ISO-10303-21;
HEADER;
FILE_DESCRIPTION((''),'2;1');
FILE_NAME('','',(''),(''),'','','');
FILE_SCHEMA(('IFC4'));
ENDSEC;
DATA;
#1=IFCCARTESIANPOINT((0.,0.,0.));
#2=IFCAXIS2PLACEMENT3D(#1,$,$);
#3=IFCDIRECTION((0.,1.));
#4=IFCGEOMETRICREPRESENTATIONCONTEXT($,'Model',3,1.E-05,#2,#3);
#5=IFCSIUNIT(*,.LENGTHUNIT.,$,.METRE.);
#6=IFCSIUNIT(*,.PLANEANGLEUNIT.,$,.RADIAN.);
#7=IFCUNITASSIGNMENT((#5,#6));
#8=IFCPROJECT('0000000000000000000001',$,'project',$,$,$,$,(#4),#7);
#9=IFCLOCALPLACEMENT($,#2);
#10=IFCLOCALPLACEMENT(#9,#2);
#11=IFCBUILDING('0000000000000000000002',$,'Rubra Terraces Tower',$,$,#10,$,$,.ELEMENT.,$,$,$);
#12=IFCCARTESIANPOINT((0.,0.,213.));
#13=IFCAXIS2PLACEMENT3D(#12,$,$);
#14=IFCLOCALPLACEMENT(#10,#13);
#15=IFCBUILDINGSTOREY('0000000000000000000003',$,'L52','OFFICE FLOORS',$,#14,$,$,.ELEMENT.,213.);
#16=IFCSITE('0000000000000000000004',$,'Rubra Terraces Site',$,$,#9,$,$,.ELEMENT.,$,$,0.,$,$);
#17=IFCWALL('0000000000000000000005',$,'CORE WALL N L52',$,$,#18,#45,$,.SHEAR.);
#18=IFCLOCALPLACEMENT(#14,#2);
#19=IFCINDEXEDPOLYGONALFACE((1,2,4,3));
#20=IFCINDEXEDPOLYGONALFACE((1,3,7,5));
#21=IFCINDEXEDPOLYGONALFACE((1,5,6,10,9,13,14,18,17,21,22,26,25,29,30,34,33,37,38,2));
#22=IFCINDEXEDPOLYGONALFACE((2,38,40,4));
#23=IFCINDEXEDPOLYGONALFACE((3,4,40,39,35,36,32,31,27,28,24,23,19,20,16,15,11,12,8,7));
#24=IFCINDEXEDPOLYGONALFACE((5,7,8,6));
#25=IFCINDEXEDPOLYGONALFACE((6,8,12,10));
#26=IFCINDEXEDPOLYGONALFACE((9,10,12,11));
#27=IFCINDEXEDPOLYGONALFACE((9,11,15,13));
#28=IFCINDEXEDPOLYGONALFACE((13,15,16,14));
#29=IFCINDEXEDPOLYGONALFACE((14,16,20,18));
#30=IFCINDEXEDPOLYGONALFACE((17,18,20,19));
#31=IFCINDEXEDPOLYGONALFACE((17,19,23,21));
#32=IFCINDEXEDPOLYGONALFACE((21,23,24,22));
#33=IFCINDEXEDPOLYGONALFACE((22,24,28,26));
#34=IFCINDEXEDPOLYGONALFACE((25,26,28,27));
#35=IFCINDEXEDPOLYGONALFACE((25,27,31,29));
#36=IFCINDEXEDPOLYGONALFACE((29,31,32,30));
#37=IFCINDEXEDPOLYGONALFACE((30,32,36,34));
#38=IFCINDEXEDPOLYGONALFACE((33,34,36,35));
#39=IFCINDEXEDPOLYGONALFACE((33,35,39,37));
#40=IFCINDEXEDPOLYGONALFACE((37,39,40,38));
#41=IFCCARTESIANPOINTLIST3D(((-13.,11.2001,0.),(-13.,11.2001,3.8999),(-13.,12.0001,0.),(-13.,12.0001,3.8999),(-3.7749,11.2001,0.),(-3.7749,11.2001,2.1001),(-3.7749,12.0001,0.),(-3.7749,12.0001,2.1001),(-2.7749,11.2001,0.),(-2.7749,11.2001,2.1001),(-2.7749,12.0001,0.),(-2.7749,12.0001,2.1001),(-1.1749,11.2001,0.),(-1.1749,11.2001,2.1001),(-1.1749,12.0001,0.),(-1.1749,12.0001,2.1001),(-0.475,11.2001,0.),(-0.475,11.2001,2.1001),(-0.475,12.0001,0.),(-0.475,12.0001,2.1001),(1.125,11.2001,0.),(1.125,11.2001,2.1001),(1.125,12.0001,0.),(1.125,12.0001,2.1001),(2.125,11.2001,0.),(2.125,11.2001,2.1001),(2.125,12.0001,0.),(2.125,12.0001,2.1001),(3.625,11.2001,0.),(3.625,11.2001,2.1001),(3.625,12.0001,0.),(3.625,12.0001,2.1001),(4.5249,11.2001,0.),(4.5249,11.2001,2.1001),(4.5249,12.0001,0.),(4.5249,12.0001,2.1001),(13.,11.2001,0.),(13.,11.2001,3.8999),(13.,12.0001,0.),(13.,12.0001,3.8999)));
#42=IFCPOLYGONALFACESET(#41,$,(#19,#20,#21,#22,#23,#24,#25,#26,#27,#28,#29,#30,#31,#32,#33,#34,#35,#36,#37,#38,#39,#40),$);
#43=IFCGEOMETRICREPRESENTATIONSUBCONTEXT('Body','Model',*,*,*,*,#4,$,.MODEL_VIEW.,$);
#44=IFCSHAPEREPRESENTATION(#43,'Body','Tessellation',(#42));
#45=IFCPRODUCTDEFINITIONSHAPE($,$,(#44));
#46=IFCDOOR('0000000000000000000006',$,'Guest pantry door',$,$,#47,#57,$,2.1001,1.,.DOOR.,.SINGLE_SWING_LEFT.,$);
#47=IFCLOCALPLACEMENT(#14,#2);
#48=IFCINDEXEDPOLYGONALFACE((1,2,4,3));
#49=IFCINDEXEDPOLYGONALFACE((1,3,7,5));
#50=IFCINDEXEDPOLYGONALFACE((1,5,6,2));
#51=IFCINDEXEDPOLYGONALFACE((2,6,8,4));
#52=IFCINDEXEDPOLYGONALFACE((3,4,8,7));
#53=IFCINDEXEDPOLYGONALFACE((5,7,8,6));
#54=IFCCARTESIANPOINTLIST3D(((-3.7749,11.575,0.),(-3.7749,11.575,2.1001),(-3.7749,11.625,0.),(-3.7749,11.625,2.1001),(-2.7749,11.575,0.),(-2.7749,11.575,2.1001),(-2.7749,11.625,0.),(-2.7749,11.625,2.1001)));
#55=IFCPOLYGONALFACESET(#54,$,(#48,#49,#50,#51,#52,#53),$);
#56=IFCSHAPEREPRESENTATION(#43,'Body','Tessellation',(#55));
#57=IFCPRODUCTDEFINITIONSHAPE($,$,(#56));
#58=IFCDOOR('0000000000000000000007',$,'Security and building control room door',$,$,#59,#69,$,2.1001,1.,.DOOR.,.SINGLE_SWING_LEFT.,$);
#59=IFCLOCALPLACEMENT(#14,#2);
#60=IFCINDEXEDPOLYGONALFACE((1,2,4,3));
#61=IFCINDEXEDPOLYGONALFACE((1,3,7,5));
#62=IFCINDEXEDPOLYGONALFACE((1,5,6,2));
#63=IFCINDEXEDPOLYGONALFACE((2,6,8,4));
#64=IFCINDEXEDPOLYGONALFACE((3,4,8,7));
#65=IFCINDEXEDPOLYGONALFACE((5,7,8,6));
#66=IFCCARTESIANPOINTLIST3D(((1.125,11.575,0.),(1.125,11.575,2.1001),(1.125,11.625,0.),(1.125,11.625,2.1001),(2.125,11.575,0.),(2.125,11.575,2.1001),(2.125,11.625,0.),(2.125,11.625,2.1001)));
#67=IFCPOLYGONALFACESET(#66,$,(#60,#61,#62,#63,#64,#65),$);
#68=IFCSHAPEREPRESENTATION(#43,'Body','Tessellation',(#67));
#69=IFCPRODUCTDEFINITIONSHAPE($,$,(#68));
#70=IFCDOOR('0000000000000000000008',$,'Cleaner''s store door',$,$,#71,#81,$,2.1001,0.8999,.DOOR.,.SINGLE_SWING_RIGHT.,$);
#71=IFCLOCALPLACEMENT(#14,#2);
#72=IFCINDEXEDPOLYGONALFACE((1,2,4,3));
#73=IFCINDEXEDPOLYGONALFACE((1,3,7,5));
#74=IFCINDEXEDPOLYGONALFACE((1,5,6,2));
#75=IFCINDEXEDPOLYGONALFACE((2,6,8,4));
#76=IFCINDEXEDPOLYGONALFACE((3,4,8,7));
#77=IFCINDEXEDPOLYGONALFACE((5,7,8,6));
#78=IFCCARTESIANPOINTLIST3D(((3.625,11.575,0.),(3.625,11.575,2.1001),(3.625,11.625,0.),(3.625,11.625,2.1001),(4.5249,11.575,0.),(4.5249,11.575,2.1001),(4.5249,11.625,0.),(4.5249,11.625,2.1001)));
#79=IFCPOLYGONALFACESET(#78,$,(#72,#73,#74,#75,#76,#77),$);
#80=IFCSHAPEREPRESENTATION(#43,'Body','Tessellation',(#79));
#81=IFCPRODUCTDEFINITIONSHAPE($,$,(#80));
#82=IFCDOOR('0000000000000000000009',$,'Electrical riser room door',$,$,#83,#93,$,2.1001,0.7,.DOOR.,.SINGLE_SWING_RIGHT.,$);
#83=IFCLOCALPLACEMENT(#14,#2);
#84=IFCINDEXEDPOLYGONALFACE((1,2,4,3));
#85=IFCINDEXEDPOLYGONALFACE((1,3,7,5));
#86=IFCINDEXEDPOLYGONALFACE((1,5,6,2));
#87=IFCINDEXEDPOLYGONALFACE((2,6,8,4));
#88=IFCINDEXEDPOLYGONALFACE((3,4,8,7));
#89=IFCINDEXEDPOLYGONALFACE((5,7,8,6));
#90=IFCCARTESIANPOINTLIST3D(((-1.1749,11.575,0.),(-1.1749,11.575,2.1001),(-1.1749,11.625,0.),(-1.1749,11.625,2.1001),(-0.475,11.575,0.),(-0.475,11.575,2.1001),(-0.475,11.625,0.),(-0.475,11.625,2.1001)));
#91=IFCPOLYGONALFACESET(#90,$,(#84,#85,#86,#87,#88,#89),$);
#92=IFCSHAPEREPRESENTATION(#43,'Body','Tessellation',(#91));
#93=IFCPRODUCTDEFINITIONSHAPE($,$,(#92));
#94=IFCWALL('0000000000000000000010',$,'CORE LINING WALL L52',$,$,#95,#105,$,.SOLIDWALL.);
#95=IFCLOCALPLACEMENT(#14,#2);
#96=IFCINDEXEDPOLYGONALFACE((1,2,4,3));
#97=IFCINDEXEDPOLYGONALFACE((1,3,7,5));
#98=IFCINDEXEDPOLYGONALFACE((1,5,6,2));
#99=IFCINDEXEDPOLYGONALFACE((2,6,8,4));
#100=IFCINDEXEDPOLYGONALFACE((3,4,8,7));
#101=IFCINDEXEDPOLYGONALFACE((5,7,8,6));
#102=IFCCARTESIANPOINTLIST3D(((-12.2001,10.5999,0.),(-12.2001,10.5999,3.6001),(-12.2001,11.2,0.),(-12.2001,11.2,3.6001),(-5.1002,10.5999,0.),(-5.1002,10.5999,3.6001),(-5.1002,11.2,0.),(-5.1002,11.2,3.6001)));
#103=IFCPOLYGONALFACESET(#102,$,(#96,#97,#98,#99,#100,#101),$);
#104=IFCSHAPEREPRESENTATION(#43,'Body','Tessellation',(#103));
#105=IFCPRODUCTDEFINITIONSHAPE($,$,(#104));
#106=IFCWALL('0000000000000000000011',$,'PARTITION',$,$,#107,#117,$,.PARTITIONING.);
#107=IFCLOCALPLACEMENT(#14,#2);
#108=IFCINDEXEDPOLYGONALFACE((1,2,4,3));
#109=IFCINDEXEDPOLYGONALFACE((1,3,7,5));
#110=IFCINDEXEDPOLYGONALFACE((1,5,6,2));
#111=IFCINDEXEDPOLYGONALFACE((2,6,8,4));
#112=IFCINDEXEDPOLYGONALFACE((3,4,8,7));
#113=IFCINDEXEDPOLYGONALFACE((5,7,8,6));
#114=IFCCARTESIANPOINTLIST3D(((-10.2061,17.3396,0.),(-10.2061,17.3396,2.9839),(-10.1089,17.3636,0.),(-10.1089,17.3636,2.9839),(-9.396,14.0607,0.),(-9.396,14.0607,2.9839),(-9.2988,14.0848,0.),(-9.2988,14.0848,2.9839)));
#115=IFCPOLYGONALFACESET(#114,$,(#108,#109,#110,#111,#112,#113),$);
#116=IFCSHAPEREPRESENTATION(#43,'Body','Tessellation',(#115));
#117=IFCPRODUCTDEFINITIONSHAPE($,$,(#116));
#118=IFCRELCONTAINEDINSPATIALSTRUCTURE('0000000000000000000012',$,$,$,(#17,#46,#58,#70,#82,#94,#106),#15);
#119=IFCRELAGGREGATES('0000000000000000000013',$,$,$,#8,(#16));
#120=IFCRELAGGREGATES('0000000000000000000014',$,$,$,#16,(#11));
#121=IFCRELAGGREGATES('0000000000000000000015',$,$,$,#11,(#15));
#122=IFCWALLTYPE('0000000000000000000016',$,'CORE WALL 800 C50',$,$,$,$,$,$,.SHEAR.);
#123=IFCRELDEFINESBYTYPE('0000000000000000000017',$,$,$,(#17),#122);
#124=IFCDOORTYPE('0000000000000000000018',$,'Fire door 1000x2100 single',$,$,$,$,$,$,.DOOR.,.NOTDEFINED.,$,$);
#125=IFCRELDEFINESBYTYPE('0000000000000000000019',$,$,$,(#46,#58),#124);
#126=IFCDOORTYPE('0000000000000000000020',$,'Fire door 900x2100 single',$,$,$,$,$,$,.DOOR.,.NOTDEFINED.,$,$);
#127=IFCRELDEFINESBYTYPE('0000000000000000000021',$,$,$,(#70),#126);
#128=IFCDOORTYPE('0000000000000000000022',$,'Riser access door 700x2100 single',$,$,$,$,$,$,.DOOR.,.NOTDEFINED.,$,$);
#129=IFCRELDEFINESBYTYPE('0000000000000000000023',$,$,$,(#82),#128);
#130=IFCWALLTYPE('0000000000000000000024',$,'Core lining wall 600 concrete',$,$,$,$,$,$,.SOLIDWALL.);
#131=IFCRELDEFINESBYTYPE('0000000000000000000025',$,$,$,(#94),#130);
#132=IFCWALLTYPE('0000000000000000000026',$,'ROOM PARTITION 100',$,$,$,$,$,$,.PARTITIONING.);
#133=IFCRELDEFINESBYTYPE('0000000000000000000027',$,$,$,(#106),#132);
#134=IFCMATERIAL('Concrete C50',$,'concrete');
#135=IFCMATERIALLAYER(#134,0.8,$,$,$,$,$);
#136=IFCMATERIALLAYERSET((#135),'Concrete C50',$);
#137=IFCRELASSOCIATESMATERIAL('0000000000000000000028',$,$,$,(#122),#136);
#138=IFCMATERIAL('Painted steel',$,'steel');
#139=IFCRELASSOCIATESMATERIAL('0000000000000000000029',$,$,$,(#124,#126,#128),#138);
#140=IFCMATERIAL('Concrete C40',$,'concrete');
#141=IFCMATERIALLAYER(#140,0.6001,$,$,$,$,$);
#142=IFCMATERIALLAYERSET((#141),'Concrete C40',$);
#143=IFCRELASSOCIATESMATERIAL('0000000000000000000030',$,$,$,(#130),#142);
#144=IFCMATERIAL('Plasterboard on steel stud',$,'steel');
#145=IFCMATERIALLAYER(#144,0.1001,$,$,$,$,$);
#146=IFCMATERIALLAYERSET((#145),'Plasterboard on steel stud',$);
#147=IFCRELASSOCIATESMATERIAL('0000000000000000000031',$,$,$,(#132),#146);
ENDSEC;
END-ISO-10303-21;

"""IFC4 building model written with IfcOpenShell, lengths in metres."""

from ifc_helpers import new_model, si_unit, direction, frame, frame_2d, origin, place, context, subcontext, project, spatial, rectangle, extrude, material, layer, layer_set, type_object, element, fill, save


model = new_model("IFC4")

# Units and contexts
model_context = context("Model", 3, precision=1e-05, world=origin(), true_north=direction((0.0, 1.0)))
body_context = subcontext(model_context, "Body", "Model", "MODEL_VIEW")
ifc_project = project(units=[si_unit("LENGTHUNIT", "METRE"), si_unit("PLANEANGLEUNIT", "RADIAN")], contexts=[model_context])

# Site, building, storey
site_placement = place(None, origin())
site = spatial("IfcSite", under=ifc_project, at=site_placement, Name="Rubra Terraces Site", CompositionType="ELEMENT", RefElevation=0.0)
building_placement = place(site_placement, origin())
building = spatial("IfcBuilding", under=site, at=building_placement, Name="Rubra Terraces Tower", CompositionType="ELEMENT")
storey_placement = place(building_placement, frame((0.0, 0.0, 213.0)))
storey = spatial("IfcBuildingStorey", under=building, at=storey_placement, Name="L52", Description="OFFICE FLOORS", CompositionType="ELEMENT", Elevation=213.0)

# Shared definitions
ifc_material_1 = material(Name="Concrete C50", Category="concrete")

# Wall, openings, doors
ifc_layer_1 = layer(ifc_material_1, 0.8)
ifc_layer_set_1 = layer_set([ifc_layer_1], Name="Concrete C50")
wall_type_1 = type_object("IfcWallType", Name="CORE WALL 800 C50", PredefinedType="SHEAR", material=ifc_layer_set_1)
wall_1_placement = place(storey_placement, frame((-13.0, 11.6001, 0.0), z_axis=(0.0, 0.0, 1.0), x_axis=(1.0, 0.0, 0.0)))
wall_1 = element("IfcWall", 1, at=wall_1_placement, inside=storey, type_object=wall_type_1, Name="CORE WALL N L52", PredefinedType="SHEAR", context=body_context, shape_type="SweptSolid", body=[
    extrude(rectangle(XDim=26.0, YDim=0.8, at=frame_2d((13.0, 0.0))), origin(), (0.0, 0.0, 1.0), 3.8999),
])
opening_1_placement = place(wall_1_placement, frame((9.2251, 0.0, 0.0)))
opening_1 = element("IfcOpeningElement", 2, at=opening_1_placement, cuts=wall_1, PredefinedType="OPENING", context=body_context, shape_type="SweptSolid", body=[
    extrude(rectangle(XDim=1.0, YDim=2.1001, at=frame_2d((0.5, 1.05))), frame((0.0, 0.4099, 0.0), z_axis=(0.0, -1.0, 0.0), x_axis=(1.0, 0.0, 0.0)), (0.0, 0.0, 1.0), 0.8201),
])
opening_2_placement = place(wall_1_placement, frame((11.825, 0.0, 0.0)))
opening_2 = element("IfcOpeningElement", 3, at=opening_2_placement, cuts=wall_1, PredefinedType="OPENING", context=body_context, shape_type="SweptSolid", body=[
    extrude(rectangle(XDim=0.7, YDim=2.1001, at=frame_2d((0.3501, 1.05))), frame((0.0, 0.4099, 0.0), z_axis=(0.0, -1.0, 0.0), x_axis=(1.0, 0.0, 0.0)), (0.0, 0.0, 1.0), 0.8201),
])
opening_3_placement = place(wall_1_placement, frame((14.125, 0.0, 0.0)))
opening_3 = element("IfcOpeningElement", 4, at=opening_3_placement, cuts=wall_1, PredefinedType="OPENING", context=body_context, shape_type="SweptSolid", body=[
    extrude(rectangle(XDim=1.0, YDim=2.1001, at=frame_2d((0.5, 1.05))), frame((0.0, 0.4099, 0.0), z_axis=(0.0, -1.0, 0.0), x_axis=(1.0, 0.0, 0.0)), (0.0, 0.0, 1.0), 0.8201),
])
opening_4_placement = place(wall_1_placement, frame((16.625, 0.0, 0.0)))
opening_4 = element("IfcOpeningElement", 5, at=opening_4_placement, cuts=wall_1, PredefinedType="OPENING", context=body_context, shape_type="SweptSolid", body=[
    extrude(rectangle(XDim=0.8999, YDim=2.1001, at=frame_2d((0.45, 1.05))), frame((0.0, 0.4099, 0.0), z_axis=(0.0, -1.0, 0.0), x_axis=(1.0, 0.0, 0.0)), (0.0, 0.0, 1.0), 0.8201),
])
ifc_material_2 = material(Name="Painted steel", Category="steel")
door_type_1 = type_object("IfcDoorType", Name="Fire door 1000x2100 single", OperationType="NOTDEFINED", PredefinedType="DOOR", material=ifc_material_2)
door_1_placement = place(opening_1_placement, origin())
door_1 = element("IfcDoor", 6, at=door_1_placement, inside=storey, type_object=door_type_1, Name="Guest pantry door", OperationType="SINGLE_SWING_LEFT", OverallHeight=2.1001, OverallWidth=1.0, PredefinedType="DOOR", context=body_context, shape_type="SweptSolid", body=[
    extrude(rectangle(XDim=1.0, YDim=2.1001, at=frame_2d((0.5, 1.05))), frame((0.0, 0.0249, 0.0), z_axis=(0.0, -1.0, 0.0), x_axis=(1.0, 0.0, 0.0)), (0.0, 0.0, 1.0), 0.05),
])
fill(opening_1, door_1)
door_2_placement = place(opening_3_placement, origin())
door_2 = element("IfcDoor", 7, at=door_2_placement, inside=storey, type_object=door_type_1, Name="Security and building control room door", OperationType="SINGLE_SWING_LEFT", OverallHeight=2.1001, OverallWidth=1.0, PredefinedType="DOOR", context=body_context, shape_type="SweptSolid", body=[
    extrude(rectangle(XDim=1.0, YDim=2.1001, at=frame_2d((0.5, 1.05))), frame((0.0, 0.0249, 0.0), z_axis=(0.0, -1.0, 0.0), x_axis=(1.0, 0.0, 0.0)), (0.0, 0.0, 1.0), 0.05),
])
fill(opening_3, door_2)
door_type_2 = type_object("IfcDoorType", Name="Fire door 900x2100 single", OperationType="NOTDEFINED", PredefinedType="DOOR", material=ifc_material_2)
door_3_placement = place(opening_4_placement, origin())
door_3 = element("IfcDoor", 8, at=door_3_placement, inside=storey, type_object=door_type_2, Name="Cleaner's store door", OperationType="SINGLE_SWING_RIGHT", OverallHeight=2.1001, OverallWidth=0.8999, PredefinedType="DOOR", context=body_context, shape_type="SweptSolid", body=[
    extrude(rectangle(XDim=0.8999, YDim=2.1001, at=frame_2d((0.45, 1.05))), frame((0.0, 0.0249, 0.0), z_axis=(0.0, -1.0, 0.0), x_axis=(1.0, 0.0, 0.0)), (0.0, 0.0, 1.0), 0.05),
])
fill(opening_4, door_3)
door_type_3 = type_object("IfcDoorType", Name="Riser access door 700x2100 single", OperationType="NOTDEFINED", PredefinedType="DOOR", material=ifc_material_2)
door_4_placement = place(opening_2_placement, origin())
door_4 = element("IfcDoor", 9, at=door_4_placement, inside=storey, type_object=door_type_3, Name="Electrical riser room door", OperationType="SINGLE_SWING_RIGHT", OverallHeight=2.1001, OverallWidth=0.7, PredefinedType="DOOR", context=body_context, shape_type="SweptSolid", body=[
    extrude(rectangle(XDim=0.7, YDim=2.1001, at=frame_2d((0.3501, 1.05))), frame((0.0, 0.0249, 0.0), z_axis=(0.0, -1.0, 0.0), x_axis=(1.0, 0.0, 0.0)), (0.0, 0.0, 1.0), 0.05),
])
fill(opening_2, door_4)

# Walls
ifc_material_3 = material(Name="Concrete C40", Category="concrete")
ifc_layer_2 = layer(ifc_material_3, 0.6001)
ifc_layer_set_2 = layer_set([ifc_layer_2], Name="Concrete C40")
wall_type_2 = type_object("IfcWallType", Name="Core lining wall 600 concrete", PredefinedType="SOLIDWALL", material=ifc_layer_set_2)
wall_2_placement = place(storey_placement, frame((-12.2, 10.8999, 0.0), z_axis=(0.0, 0.0, 1.0), x_axis=(1.0, 0.0, 0.0)))
element("IfcWall", 10, at=wall_2_placement, inside=storey, type_object=wall_type_2, Name="CORE LINING WALL L52", PredefinedType="SOLIDWALL", context=body_context, shape_type="SweptSolid", body=[
    extrude(rectangle(XDim=7.0999, YDim=0.6001, at=frame_2d((3.5498, 0.0))), origin(), (0.0, 0.0, 1.0), 3.6001),
])
ifc_material_4 = material(Name="Plasterboard on steel stud", Category="steel")
ifc_layer_3 = layer(ifc_material_4, 0.1001)
ifc_layer_set_3 = layer_set([ifc_layer_3], Name="Plasterboard on steel stud")
wall_type_3 = type_object("IfcWallType", Name="ROOM PARTITION 100", PredefinedType="PARTITIONING", material=ifc_layer_set_3)
wall_3_placement = place(storey_placement, frame((-9.3474, 14.0728, 0.0), z_axis=(0.0, 0.0, 1.0), x_axis=(-0.239847, 0.970811, 0.0)))
element("IfcWall", 11, at=wall_3_placement, inside=storey, type_object=wall_type_3, Name="PARTITION", PredefinedType="PARTITIONING", context=body_context, shape_type="SweptSolid", body=[
    extrude(rectangle(XDim=3.3774, YDim=0.1001, at=frame_2d((1.6887, 0.0))), origin(), (0.0, 0.0, 1.0), 2.9839),
])

save(model, "model.ifc")
